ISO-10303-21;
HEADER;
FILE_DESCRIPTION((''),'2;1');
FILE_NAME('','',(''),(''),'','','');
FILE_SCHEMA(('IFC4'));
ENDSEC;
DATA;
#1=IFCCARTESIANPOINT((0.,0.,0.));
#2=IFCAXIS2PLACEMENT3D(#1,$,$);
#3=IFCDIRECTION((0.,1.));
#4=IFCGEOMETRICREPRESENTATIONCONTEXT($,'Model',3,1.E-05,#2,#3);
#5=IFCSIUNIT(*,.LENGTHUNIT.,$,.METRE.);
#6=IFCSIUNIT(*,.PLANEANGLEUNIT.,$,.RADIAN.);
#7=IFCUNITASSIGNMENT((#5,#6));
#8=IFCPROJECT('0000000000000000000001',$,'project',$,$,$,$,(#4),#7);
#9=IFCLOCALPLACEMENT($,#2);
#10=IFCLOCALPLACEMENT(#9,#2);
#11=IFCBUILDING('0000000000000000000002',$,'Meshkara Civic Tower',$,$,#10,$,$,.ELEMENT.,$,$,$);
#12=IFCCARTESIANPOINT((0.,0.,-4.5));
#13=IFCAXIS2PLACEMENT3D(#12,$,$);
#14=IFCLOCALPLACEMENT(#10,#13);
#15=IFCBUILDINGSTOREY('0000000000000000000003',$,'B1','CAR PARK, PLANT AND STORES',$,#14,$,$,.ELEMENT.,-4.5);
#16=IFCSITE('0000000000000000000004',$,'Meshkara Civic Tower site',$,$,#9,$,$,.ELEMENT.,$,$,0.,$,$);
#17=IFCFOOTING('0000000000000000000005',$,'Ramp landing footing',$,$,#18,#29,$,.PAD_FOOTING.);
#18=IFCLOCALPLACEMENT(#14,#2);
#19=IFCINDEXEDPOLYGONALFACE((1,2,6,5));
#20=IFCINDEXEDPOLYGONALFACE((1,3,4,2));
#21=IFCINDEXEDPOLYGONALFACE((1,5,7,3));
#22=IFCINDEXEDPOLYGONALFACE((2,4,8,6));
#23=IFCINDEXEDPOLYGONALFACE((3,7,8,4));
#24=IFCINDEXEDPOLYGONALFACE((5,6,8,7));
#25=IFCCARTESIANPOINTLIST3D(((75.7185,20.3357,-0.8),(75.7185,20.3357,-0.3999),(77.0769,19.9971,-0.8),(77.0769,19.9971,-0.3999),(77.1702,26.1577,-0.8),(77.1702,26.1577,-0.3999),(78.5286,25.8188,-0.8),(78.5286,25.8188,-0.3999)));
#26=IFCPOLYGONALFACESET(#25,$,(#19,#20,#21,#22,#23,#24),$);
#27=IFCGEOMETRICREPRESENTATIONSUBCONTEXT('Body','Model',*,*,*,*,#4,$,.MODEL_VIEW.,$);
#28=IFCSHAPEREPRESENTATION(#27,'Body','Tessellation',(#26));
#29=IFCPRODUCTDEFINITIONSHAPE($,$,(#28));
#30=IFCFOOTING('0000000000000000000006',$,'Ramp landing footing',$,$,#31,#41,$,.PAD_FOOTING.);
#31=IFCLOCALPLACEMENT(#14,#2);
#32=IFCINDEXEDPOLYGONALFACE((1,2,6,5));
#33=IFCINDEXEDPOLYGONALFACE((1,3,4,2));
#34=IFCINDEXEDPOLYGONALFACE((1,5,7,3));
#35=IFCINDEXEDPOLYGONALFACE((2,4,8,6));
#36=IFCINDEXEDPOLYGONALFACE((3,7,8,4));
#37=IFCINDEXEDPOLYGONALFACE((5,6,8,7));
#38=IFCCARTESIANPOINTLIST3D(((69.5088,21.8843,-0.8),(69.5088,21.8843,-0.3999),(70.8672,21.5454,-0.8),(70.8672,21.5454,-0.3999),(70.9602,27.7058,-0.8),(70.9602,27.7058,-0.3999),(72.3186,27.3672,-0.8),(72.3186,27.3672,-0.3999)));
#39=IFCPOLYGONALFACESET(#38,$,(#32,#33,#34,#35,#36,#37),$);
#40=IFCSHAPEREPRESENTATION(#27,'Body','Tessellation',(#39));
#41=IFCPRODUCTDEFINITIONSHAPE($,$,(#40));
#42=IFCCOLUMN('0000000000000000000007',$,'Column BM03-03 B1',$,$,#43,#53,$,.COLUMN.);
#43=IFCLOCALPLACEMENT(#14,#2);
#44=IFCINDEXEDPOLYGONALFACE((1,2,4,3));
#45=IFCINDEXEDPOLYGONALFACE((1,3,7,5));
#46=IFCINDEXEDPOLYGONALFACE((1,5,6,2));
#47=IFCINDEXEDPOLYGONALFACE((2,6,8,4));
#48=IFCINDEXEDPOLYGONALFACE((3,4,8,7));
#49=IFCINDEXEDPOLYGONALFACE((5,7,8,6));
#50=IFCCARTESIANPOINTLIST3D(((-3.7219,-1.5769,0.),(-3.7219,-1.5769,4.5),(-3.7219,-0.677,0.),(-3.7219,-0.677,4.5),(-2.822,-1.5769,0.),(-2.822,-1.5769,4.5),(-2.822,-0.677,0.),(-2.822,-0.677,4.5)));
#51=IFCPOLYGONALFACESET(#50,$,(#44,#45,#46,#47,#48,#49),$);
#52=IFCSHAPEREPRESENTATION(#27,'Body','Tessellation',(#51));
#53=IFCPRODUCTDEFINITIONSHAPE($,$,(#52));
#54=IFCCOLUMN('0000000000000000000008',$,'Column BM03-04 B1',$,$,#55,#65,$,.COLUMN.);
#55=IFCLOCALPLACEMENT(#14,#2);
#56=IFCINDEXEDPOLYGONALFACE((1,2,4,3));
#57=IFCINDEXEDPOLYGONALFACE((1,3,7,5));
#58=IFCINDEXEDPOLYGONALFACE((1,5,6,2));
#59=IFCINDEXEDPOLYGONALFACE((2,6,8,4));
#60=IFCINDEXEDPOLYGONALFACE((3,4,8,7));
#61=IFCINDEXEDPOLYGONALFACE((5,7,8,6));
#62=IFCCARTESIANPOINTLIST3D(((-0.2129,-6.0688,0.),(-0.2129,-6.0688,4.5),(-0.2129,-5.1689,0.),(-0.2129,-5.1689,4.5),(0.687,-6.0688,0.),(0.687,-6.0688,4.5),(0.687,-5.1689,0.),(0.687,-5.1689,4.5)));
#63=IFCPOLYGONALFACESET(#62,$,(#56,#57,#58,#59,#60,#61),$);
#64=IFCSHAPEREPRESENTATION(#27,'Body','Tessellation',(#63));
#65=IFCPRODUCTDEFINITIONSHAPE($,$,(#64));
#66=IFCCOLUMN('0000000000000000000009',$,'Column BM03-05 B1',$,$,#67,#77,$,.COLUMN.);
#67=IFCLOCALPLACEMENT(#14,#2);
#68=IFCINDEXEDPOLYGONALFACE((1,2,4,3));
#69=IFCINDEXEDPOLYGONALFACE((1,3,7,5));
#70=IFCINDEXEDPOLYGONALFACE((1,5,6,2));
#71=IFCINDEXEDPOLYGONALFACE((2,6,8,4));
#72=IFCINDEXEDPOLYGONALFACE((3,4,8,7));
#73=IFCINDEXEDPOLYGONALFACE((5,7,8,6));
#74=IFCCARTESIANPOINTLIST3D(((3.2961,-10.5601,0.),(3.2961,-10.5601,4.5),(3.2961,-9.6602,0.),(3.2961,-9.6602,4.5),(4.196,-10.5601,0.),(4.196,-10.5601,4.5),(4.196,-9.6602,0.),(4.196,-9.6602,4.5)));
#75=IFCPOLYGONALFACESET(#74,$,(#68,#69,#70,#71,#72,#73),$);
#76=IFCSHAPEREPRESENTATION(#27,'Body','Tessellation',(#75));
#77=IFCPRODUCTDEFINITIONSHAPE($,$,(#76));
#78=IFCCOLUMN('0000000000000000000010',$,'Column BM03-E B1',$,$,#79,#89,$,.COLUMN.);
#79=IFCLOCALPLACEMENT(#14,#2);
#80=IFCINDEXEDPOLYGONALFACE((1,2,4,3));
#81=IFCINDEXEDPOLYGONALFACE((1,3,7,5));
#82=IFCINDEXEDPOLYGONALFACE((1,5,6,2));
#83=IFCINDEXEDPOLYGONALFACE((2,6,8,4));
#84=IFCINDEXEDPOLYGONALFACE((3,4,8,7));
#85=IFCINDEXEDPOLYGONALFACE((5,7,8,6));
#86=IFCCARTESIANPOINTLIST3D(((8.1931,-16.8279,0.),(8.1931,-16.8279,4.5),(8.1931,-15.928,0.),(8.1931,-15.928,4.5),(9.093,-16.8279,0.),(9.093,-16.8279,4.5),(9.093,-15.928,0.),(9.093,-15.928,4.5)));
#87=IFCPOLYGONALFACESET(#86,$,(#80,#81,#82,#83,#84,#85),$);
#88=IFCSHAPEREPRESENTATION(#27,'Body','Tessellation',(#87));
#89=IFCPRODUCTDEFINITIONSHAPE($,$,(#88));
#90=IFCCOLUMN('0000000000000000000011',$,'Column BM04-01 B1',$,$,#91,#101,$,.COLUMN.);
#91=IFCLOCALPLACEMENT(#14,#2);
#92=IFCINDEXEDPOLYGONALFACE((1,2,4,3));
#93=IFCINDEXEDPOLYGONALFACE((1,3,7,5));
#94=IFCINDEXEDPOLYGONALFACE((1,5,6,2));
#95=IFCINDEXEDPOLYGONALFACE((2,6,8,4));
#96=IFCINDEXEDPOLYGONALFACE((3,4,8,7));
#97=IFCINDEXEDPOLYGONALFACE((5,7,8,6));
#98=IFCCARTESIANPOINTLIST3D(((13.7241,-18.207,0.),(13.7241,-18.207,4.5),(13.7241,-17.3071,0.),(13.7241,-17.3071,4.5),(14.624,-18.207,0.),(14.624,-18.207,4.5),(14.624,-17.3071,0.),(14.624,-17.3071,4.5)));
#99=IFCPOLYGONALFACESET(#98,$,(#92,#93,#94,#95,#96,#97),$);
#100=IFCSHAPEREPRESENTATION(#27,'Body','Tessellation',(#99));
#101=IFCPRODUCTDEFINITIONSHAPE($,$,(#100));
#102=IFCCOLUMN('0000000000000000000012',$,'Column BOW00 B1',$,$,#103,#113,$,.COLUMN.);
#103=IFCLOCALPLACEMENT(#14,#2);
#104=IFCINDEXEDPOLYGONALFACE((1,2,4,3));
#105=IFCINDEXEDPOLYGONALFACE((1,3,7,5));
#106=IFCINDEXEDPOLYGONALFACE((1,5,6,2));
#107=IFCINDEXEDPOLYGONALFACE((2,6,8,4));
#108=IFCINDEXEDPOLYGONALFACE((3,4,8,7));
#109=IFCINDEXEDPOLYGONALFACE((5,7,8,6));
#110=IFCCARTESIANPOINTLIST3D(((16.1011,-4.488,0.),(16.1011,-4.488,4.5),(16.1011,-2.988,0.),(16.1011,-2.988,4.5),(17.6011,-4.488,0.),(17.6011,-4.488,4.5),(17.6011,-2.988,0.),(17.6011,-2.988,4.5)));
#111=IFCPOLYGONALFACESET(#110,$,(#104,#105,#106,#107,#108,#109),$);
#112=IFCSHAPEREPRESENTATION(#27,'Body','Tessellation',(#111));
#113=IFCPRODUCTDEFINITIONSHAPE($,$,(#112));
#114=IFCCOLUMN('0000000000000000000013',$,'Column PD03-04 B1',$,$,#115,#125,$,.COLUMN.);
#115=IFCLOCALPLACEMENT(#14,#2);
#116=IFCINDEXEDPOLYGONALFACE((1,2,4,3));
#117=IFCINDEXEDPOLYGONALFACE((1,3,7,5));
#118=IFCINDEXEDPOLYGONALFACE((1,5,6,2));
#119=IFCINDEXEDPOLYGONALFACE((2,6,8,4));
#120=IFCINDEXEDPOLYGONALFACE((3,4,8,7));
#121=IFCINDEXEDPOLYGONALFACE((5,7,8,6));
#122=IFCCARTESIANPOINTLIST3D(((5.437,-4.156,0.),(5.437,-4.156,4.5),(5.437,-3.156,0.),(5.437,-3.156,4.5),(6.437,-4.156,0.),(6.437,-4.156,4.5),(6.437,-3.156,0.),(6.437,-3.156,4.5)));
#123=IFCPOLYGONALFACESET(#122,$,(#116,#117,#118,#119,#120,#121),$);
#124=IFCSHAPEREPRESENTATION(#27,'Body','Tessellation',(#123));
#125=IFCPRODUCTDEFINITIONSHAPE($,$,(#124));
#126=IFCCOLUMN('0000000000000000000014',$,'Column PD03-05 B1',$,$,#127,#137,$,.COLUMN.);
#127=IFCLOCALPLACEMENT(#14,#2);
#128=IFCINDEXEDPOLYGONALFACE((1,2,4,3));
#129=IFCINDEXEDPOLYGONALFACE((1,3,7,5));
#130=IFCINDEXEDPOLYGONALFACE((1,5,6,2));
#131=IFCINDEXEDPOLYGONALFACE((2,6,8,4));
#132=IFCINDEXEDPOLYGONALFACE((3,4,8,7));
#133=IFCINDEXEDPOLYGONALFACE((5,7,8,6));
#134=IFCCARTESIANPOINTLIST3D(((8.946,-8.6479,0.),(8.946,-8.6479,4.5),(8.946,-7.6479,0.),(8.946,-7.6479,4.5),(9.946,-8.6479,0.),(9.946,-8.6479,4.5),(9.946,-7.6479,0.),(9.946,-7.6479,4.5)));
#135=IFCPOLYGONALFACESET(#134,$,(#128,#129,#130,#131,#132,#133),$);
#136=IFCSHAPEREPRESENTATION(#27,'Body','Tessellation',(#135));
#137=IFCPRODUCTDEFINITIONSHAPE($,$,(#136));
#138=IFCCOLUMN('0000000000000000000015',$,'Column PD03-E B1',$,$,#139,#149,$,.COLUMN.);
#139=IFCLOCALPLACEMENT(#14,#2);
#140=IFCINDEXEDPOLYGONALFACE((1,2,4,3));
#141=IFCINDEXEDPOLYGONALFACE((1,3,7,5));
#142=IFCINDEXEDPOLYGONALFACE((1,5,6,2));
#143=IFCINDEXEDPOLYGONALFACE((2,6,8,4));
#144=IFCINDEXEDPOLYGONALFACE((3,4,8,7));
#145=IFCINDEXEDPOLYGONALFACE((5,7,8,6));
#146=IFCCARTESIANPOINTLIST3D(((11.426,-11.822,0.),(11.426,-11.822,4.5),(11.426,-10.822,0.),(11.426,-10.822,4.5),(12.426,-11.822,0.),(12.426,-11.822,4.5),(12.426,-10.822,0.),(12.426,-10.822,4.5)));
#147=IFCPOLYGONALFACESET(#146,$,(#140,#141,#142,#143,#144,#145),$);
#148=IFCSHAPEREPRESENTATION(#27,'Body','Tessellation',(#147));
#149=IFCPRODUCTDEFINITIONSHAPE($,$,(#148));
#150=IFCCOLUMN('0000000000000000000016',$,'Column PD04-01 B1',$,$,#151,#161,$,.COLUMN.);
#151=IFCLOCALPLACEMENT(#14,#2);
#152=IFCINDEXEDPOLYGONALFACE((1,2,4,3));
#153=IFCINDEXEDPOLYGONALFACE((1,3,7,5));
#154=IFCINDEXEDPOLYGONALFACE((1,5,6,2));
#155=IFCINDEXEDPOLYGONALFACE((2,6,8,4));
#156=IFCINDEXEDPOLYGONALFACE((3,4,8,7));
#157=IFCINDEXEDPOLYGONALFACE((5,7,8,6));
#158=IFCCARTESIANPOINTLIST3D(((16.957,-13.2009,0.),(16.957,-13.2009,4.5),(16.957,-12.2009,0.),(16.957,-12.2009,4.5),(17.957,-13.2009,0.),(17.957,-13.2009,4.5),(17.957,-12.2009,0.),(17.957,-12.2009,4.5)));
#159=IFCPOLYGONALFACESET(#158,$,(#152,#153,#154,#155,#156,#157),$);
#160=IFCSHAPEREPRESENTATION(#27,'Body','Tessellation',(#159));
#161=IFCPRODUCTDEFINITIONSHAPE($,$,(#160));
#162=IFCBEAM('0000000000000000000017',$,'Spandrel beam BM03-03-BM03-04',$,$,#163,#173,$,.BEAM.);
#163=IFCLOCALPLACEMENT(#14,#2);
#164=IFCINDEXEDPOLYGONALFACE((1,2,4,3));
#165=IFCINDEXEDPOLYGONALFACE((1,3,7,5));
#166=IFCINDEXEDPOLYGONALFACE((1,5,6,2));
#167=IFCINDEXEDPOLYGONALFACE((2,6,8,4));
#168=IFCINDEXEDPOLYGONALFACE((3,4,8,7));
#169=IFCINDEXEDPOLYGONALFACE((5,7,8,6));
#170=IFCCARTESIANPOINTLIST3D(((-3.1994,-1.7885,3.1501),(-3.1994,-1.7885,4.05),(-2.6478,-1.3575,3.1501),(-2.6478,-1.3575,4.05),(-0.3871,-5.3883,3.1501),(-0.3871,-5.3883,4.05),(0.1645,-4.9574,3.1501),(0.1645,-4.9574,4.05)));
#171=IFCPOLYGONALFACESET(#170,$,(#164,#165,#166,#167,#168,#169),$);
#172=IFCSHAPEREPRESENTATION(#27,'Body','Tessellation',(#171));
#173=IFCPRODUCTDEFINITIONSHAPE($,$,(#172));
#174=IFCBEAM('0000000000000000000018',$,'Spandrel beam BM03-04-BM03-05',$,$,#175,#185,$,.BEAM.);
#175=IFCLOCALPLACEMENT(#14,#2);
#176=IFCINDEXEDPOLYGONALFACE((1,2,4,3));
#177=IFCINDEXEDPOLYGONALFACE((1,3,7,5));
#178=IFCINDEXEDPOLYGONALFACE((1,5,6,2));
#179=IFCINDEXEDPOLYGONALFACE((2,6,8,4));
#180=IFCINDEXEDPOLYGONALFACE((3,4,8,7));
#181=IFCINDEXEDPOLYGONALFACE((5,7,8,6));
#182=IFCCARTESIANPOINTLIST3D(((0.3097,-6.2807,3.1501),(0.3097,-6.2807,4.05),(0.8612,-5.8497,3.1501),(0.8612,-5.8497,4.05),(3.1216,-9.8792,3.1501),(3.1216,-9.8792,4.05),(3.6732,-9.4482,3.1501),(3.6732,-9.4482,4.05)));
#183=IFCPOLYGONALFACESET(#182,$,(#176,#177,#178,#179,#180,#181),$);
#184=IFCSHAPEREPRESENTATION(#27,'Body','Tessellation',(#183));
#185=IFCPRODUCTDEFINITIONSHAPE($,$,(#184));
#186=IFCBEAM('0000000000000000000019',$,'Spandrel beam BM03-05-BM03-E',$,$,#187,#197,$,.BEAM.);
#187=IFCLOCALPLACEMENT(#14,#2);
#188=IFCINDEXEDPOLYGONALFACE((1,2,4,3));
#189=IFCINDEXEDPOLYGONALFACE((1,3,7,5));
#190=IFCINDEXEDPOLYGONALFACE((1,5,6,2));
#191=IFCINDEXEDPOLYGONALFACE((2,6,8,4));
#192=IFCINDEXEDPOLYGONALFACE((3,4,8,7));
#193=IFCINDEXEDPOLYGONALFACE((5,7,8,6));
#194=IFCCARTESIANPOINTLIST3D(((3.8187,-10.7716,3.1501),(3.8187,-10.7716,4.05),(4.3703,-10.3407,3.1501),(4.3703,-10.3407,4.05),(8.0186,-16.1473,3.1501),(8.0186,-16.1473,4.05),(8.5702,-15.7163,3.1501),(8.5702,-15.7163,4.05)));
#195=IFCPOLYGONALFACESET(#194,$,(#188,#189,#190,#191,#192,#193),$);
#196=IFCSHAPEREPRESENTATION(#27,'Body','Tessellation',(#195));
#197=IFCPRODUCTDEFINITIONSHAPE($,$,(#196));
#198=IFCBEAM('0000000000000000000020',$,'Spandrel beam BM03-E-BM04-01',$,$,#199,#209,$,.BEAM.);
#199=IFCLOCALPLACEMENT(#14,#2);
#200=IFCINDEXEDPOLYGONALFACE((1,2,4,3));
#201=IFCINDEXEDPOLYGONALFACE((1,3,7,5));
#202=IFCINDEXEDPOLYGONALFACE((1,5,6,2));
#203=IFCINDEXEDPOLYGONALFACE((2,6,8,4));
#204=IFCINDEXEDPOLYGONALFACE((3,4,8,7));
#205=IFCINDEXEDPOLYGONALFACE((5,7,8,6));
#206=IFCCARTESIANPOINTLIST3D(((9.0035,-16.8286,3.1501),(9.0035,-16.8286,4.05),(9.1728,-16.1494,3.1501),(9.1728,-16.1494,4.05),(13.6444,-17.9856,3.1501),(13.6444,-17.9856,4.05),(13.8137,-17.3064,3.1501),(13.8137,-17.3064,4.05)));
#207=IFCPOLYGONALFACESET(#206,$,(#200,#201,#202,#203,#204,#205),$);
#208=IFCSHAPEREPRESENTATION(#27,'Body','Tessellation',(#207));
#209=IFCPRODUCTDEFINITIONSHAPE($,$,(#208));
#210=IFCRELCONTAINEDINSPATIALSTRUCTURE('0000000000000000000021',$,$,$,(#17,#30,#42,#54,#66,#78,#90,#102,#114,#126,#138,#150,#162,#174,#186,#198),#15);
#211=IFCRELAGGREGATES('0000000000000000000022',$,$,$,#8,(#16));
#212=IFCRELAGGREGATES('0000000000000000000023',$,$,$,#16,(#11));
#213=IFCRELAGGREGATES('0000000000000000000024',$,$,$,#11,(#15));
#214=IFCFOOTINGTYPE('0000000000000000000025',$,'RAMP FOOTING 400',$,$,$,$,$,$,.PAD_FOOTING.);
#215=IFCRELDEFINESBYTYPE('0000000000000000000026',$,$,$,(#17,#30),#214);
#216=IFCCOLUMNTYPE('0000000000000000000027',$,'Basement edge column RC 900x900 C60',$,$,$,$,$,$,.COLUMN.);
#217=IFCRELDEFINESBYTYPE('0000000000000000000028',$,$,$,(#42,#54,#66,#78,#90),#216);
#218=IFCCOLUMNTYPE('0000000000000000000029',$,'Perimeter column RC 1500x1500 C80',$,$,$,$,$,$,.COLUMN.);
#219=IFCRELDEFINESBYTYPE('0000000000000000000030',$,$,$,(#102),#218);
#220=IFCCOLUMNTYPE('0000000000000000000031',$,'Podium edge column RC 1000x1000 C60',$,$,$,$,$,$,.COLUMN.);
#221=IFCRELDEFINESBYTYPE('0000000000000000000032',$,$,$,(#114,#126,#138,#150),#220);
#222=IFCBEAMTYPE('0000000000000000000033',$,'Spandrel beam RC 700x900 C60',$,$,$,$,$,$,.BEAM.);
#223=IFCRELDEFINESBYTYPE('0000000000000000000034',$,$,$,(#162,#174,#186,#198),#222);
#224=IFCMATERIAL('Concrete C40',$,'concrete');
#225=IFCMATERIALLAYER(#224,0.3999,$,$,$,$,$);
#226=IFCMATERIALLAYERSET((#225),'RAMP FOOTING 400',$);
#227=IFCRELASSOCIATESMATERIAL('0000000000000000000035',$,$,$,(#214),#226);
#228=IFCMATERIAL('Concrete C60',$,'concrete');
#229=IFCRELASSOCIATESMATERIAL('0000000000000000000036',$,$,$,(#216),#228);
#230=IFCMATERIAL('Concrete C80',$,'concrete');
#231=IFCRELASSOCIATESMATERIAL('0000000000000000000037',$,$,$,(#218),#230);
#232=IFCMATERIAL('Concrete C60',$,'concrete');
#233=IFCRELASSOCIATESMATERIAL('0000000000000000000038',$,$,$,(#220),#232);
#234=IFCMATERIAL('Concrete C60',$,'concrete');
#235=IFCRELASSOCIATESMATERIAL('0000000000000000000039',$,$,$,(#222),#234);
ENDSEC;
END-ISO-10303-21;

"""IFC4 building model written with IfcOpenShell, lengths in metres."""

from ifc_helpers import new_model, si_unit, direction, frame, origin, origin_2d, place, context, subcontext, project, spatial, polyline, rectangle, outline, extrude, material, layer, layer_set, material_profile, profile_set, type_object, element, save


model = new_model("IFC4")

# Units and contexts
model_context = context("Model", 3, precision=1e-05, world=origin(), true_north=direction((0.0, 1.0)))
body_context = subcontext(model_context, "Body", "Model", "MODEL_VIEW")
ifc_project = project(units=[si_unit("LENGTHUNIT", "METRE"), si_unit("PLANEANGLEUNIT", "RADIAN")], contexts=[model_context])

# Site, building, storey
site_placement = place(None, origin())
site = spatial("IfcSite", under=ifc_project, at=site_placement, Name="Meshkara Civic Tower site", CompositionType="ELEMENT", RefElevation=0.0)
building_placement = place(site_placement, origin())
building = spatial("IfcBuilding", under=site, at=building_placement, Name="Meshkara Civic Tower", CompositionType="ELEMENT")
storey_placement = place(building_placement, frame((0.0, 0.0, -4.5)))
storey = spatial("IfcBuildingStorey", under=building, at=storey_placement, Name="B1", Description="CAR PARK, PLANT AND STORES", CompositionType="ELEMENT", Elevation=-4.5)

# Footings
ifc_material_1 = material(Name="Concrete C40", Category="concrete")
ifc_layer_1 = layer(ifc_material_1, 0.3999)
ifc_layer_set_1 = layer_set([ifc_layer_1], Name="RAMP FOOTING 400")
footing_type = type_object("IfcFootingType", Name="RAMP FOOTING 400", PredefinedType="PAD_FOOTING", material=ifc_layer_set_1)
footing_1_placement = place(storey_placement, frame((0.0, 0.0, -0.8)))
element("IfcFooting", 1, at=footing_1_placement, inside=storey, type_object=footing_type, Name="Ramp landing footing", PredefinedType="PAD_FOOTING", context=body_context, shape_type="SweptSolid", body=[
    extrude(outline(polyline([(77.0769, 19.9971), (78.5286, 25.8188), (77.1702, 26.1577), (75.7185, 20.3357), (77.0769, 19.9971)])), origin(), (0.0, 0.0, 1.0), 0.4001),
])
footing_2_placement = place(storey_placement, frame((0.0, 0.0, -0.8)))
element("IfcFooting", 2, at=footing_2_placement, inside=storey, type_object=footing_type, Name="Ramp landing footing", PredefinedType="PAD_FOOTING", context=body_context, shape_type="SweptSolid", body=[
    extrude(outline(polyline([(70.8672, 21.5454), (72.3186, 27.3672), (70.9602, 27.7058), (69.5088, 21.8843), (70.8672, 21.5454)])), origin(), (0.0, 0.0, 1.0), 0.4001),
])

# Columns
ifc_material_2 = material(Name="Concrete C60", Category="concrete")
ifc_material_profile_1 = material_profile(ifc_material_2, rectangle(XDim=0.8999, YDim=0.8999, at=origin_2d()))
ifc_profile_set_1 = profile_set([ifc_material_profile_1], Name="Concrete C60")
column_type_1 = type_object("IfcColumnType", Name="Basement edge column RC 900x900 C60", PredefinedType="COLUMN", material=ifc_profile_set_1)
for number, where, z_axis, x_axis, name in (
    (3, (-3.272, -1.127, 0.0), (0.0, 0.0, 1.0), (1.0, 0.0, 0.0), "Column BM03-03 B1"),
    (4, (0.2371, -5.6189, 0.0), (0.0, 0.0, 1.0), (1.0, 0.0, 0.0), "Column BM03-04 B1"),
    (5, (3.7461, -10.1101, 0.0), (0.0, 0.0, 1.0), (1.0, 0.0, 0.0), "Column BM03-05 B1"),
    (6, (8.6431, -16.3779, 0.0), (0.0, 0.0, 1.0), (1.0, 0.0, 0.0), "Column BM03-E B1"),
    (7, (14.1741, -17.7571, 0.0), (0.0, 0.0, 1.0), (1.0, 0.0, 0.0), "Column BM04-01 B1"),
):
    element("IfcColumn", number, at=place(storey_placement, frame(where, z_axis=z_axis, x_axis=x_axis)), inside=storey, type_object=column_type_1, Name=name, PredefinedType="COLUMN", context=body_context, shape_type="SweptSolid", body=[
        extrude(rectangle(XDim=0.8999, YDim=0.8999, at=origin_2d()), origin(), (0.0, 0.0, 1.0), 4.5),
    ])
ifc_material_3 = material(Name="Concrete C80", Category="concrete")
ifc_material_profile_2 = material_profile(ifc_material_3, rectangle(XDim=1.5, YDim=1.5, at=origin_2d()))
ifc_profile_set_2 = profile_set([ifc_material_profile_2], Name="Concrete C80")
column_type_2 = type_object("IfcColumnType", Name="Perimeter column RC 1500x1500 C80", PredefinedType="COLUMN", material=ifc_profile_set_2)
column_placement = place(storey_placement, frame((16.8511, -3.738, 0.0), z_axis=(0.0, 0.0, 1.0), x_axis=(1.0, 0.0, 0.0)))
element("IfcColumn", 8, at=column_placement, inside=storey, type_object=column_type_2, Name="Column BOW00 B1", PredefinedType="COLUMN", context=body_context, shape_type="SweptSolid", body=[
    extrude(rectangle(XDim=1.5, YDim=1.5, at=origin_2d()), origin(), (0.0, 0.0, 1.0), 4.5),
])
ifc_material_4 = material(Name="Concrete C60", Category="concrete")
ifc_material_profile_3 = material_profile(ifc_material_4, rectangle(XDim=1.0, YDim=1.0, at=origin_2d()))
ifc_profile_set_3 = profile_set([ifc_material_profile_3], Name="Concrete C60")
column_type_3 = type_object("IfcColumnType", Name="Podium edge column RC 1000x1000 C60", PredefinedType="COLUMN", material=ifc_profile_set_3)
for number, where, z_axis, x_axis, name in (
    (9, (5.937, -3.656, 0.0), (0.0, 0.0, 1.0), (1.0, 0.0, 0.0), "Column PD03-04 B1"),
    (10, (9.446, -8.1479, 0.0), (0.0, 0.0, 1.0), (1.0, 0.0, 0.0), "Column PD03-05 B1"),
    (11, (11.926, -11.322, 0.0), (0.0, 0.0, 1.0), (1.0, 0.0, 0.0), "Column PD03-E B1"),
    (12, (17.457, -12.7009, 0.0), (0.0, 0.0, 1.0), (1.0, 0.0, 0.0), "Column PD04-01 B1"),
):
    element("IfcColumn", number, at=place(storey_placement, frame(where, z_axis=z_axis, x_axis=x_axis)), inside=storey, type_object=column_type_3, Name=name, PredefinedType="COLUMN", context=body_context, shape_type="SweptSolid", body=[
        extrude(rectangle(XDim=1.0, YDim=1.0, at=origin_2d()), origin(), (0.0, 0.0, 1.0), 4.5),
    ])

# Beams
ifc_material_5 = material(Name="Concrete C60", Category="concrete")
ifc_material_profile_4 = material_profile(ifc_material_5, rectangle(XDim=0.7, YDim=0.8999, at=origin_2d()))
ifc_profile_set_4 = profile_set([ifc_material_profile_4], Name="Concrete C60")
beam_type = type_object("IfcBeamType", Name="Spandrel beam RC 700x900 C60", PredefinedType="BEAM", material=ifc_profile_set_4)
beam_1_placement = place(storey_placement, frame((-2.9236, -1.573, 3.6001), z_axis=(0.615626, -0.788038, 0.0), x_axis=(0.788038, 0.615626, 0.0)))
element("IfcBeam", 13, at=beam_1_placement, inside=storey, type_object=beam_type, Name="Spandrel beam BM03-03-BM03-04", PredefinedType="BEAM", context=body_context, shape_type="SweptSolid", body=[
    extrude(rectangle(XDim=0.7, YDim=0.8999, at=origin_2d()), origin(), (0.0, 0.0, 1.0), 4.5681),
])
beam_2_placement = place(storey_placement, frame((0.5854, -6.0652, 3.6001), z_axis=(0.615723, -0.787963, 0.0), x_axis=(0.787963, 0.615723, 0.0)))
element("IfcBeam", 14, at=beam_2_placement, inside=storey, type_object=beam_type, Name="Spandrel beam BM03-04-BM03-05", PredefinedType="BEAM", context=body_context, shape_type="SweptSolid", body=[
    extrude(rectangle(XDim=0.7, YDim=0.8999, at=origin_2d()), origin(), (0.0, 0.0, 1.0), 4.5669),
])
beam_3_placement = place(storey_placement, frame((4.0945, -10.5562, 3.6001), z_axis=(0.615659, -0.788013, 0.0), x_axis=(0.788013, 0.615659, 0.0)))
element("IfcBeam", 15, at=beam_3_placement, inside=storey, type_object=beam_type, Name="Spandrel beam BM03-05-BM03-E", PredefinedType="BEAM", context=body_context, shape_type="SweptSolid", body=[
    extrude(rectangle(XDim=0.7, YDim=0.8999, at=origin_2d()), origin(), (0.0, 0.0, 1.0), 6.8218),
])
beam_4_placement = place(storey_placement, frame((9.0881, -16.489, 3.6001), z_axis=(0.970301, -0.241899, 0.0), x_axis=(0.241899, 0.970301, 0.0)))
element("IfcBeam", 16, at=beam_4_placement, inside=storey, type_object=beam_type, Name="Spandrel beam BM03-E-BM04-01", PredefinedType="BEAM", context=body_context, shape_type="SweptSolid", body=[
    extrude(rectangle(XDim=0.7, YDim=0.8999, at=origin_2d()), origin(), (0.0, 0.0, 1.0), 4.783),
])

save(model, "model.ifc")
